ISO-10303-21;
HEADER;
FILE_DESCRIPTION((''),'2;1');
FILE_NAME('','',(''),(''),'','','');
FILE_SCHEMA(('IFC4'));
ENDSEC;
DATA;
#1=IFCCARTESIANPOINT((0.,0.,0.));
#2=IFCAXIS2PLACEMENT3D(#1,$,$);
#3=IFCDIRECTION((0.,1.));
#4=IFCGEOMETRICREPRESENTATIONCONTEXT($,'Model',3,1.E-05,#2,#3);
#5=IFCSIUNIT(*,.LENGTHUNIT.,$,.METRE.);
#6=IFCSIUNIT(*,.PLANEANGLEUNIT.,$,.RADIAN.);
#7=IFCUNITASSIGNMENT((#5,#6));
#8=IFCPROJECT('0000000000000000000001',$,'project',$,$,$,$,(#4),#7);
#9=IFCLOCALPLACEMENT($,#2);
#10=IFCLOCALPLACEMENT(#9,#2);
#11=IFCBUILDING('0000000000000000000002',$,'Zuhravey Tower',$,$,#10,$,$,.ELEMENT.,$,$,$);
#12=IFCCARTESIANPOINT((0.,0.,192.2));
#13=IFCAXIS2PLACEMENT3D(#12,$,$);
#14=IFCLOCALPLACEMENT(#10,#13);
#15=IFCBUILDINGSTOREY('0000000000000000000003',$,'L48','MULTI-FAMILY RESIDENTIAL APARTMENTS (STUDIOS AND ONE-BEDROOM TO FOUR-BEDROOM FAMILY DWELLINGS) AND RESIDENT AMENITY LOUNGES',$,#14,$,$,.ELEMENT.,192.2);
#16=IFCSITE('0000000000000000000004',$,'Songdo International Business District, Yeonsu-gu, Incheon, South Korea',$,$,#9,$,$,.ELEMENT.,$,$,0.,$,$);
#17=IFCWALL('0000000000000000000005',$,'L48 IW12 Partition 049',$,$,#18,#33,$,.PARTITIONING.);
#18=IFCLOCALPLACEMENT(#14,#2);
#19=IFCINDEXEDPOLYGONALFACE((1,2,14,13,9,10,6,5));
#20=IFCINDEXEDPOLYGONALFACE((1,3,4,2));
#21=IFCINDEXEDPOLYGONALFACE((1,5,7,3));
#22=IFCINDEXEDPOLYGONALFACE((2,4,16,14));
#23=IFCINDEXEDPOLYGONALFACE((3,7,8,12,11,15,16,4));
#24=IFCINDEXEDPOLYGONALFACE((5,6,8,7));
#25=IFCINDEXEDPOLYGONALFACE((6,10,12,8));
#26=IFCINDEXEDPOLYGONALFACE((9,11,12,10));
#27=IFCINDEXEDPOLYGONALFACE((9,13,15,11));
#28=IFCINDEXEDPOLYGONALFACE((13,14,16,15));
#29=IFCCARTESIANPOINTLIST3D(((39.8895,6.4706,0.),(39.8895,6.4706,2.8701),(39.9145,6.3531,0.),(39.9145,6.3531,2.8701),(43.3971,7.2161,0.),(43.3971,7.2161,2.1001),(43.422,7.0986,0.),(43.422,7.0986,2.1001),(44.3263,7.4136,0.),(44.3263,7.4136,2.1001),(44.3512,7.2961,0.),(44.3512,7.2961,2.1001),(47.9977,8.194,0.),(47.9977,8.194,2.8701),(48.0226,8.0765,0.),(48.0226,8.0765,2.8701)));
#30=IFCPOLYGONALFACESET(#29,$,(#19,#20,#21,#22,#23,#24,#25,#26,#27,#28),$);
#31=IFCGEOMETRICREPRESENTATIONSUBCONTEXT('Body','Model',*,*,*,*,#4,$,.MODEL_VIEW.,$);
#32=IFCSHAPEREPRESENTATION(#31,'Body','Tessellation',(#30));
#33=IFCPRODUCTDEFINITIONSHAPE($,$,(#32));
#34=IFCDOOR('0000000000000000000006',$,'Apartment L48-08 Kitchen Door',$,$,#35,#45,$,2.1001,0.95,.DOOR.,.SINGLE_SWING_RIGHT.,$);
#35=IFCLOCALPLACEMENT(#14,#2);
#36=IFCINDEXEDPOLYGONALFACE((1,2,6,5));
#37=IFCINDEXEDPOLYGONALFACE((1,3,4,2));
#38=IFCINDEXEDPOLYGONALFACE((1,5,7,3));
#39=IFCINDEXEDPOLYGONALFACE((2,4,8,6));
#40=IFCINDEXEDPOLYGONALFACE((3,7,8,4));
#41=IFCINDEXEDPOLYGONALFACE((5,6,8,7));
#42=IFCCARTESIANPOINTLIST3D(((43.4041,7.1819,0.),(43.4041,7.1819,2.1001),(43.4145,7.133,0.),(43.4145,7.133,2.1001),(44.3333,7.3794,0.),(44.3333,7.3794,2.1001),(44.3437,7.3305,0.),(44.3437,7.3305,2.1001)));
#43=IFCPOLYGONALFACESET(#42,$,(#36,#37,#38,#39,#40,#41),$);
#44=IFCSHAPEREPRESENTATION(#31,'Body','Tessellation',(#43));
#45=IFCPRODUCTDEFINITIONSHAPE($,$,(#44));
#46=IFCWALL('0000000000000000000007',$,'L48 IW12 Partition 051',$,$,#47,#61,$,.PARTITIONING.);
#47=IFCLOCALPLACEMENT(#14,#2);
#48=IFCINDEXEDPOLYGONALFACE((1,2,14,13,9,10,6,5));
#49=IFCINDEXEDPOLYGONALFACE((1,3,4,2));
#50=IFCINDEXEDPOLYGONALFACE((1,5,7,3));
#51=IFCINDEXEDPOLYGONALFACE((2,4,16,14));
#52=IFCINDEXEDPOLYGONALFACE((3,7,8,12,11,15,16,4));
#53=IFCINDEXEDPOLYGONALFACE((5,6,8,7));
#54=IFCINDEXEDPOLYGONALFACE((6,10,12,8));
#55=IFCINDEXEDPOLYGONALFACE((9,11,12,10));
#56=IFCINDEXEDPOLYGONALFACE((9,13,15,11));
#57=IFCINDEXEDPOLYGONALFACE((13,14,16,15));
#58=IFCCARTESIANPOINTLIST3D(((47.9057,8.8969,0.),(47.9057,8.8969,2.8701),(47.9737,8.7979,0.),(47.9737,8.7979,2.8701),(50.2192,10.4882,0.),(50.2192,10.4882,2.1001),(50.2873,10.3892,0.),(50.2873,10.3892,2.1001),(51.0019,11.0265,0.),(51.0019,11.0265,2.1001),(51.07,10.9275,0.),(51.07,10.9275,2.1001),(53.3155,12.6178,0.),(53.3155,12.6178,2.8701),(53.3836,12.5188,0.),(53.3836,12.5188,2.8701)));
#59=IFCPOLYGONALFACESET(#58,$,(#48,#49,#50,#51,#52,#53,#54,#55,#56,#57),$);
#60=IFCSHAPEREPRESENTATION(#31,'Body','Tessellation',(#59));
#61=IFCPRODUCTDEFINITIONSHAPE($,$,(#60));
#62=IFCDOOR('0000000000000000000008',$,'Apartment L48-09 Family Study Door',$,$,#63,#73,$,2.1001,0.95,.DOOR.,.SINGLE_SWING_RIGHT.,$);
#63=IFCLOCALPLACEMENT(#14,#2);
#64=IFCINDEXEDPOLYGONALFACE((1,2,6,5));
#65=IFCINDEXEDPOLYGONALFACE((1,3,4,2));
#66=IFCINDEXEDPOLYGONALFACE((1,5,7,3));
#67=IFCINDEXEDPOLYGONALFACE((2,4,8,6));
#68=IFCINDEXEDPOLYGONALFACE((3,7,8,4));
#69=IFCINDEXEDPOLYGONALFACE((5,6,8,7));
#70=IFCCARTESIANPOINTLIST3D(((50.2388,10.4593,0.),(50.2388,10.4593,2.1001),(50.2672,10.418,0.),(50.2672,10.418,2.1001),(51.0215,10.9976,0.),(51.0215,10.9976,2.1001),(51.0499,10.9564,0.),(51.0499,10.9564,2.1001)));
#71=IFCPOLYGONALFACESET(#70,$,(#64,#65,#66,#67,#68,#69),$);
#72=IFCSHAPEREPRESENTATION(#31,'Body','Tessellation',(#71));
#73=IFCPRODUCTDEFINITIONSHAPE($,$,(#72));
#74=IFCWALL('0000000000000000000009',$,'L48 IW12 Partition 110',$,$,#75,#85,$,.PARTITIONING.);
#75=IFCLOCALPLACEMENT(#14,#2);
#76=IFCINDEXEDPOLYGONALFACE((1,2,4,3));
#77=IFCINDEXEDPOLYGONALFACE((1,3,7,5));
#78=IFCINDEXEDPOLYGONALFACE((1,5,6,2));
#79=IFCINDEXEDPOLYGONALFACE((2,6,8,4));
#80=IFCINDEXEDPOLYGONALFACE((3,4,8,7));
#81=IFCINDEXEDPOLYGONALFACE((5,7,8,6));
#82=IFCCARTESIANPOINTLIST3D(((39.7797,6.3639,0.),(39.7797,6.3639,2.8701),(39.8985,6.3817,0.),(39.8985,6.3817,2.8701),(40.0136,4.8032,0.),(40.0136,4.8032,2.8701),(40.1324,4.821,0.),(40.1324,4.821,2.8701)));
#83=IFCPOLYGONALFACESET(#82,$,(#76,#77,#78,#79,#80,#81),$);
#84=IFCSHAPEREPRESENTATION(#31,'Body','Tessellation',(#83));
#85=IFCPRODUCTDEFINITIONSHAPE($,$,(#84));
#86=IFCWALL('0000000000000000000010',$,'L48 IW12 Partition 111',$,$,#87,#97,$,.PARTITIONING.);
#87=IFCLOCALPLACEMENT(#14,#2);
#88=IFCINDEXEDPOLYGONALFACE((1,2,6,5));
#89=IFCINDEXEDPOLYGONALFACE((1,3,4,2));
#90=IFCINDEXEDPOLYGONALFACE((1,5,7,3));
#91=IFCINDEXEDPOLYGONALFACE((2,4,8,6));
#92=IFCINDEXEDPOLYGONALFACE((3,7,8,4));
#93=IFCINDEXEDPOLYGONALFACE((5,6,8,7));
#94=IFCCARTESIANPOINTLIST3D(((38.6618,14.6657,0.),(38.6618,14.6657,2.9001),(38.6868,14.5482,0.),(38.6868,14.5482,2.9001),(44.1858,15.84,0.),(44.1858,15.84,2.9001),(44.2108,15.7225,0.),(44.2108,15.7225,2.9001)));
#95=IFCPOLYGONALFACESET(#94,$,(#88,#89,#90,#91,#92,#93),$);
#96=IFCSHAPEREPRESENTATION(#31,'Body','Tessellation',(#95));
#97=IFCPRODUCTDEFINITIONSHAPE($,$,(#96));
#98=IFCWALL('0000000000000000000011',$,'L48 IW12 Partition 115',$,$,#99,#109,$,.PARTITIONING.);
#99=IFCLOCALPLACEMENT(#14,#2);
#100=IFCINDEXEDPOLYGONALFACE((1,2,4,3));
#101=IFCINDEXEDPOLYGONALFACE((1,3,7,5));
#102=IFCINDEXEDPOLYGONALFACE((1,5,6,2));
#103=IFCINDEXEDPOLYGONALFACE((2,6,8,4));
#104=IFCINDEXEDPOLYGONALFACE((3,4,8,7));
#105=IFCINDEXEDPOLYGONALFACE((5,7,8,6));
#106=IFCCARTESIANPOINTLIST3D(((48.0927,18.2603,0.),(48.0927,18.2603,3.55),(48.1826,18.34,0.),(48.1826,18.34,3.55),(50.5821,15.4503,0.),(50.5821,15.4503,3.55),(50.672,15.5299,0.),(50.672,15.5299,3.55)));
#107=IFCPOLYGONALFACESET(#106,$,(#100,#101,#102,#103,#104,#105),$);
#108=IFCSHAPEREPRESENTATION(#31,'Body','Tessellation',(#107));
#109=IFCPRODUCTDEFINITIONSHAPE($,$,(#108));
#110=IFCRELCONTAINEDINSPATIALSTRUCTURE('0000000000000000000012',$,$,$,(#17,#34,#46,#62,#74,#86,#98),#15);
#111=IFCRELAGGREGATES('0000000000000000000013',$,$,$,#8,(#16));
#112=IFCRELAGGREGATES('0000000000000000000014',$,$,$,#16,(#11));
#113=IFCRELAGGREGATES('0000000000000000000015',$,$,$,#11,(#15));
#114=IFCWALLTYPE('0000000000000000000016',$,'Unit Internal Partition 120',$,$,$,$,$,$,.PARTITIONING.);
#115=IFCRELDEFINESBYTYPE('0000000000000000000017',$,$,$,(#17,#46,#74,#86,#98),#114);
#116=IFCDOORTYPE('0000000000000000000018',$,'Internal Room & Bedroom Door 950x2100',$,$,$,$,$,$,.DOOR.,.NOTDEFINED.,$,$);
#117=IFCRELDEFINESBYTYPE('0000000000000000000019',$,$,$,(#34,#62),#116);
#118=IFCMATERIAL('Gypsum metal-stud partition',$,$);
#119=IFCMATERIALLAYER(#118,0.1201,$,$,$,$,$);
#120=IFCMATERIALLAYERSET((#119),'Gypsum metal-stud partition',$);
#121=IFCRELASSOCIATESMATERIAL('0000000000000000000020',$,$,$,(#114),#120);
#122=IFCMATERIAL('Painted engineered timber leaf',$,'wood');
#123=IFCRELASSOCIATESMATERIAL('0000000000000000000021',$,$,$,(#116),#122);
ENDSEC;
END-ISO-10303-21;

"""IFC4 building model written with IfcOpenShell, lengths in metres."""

from ifc_helpers import new_model, si_unit, direction, frame, frame_2d, origin, place, context, subcontext, project, spatial, rectangle, extrude, material, layer, layer_set, type_object, element, fill, save


model = new_model("IFC4")

# Units and contexts
model_context = context("Model", 3, precision=1e-05, world=origin(), true_north=direction((0.0, 1.0)))
body_context = subcontext(model_context, "Body", "Model", "MODEL_VIEW")
ifc_project = project(units=[si_unit("LENGTHUNIT", "METRE"), si_unit("PLANEANGLEUNIT", "RADIAN")], contexts=[model_context])

# Site, building, storey
site_placement = place(None, origin())
site = spatial("IfcSite", under=ifc_project, at=site_placement, Name="Songdo International Business District, Yeonsu-gu, Incheon, South Korea", CompositionType="ELEMENT", RefElevation=0.0)
building_placement = place(site_placement, origin())
building = spatial("IfcBuilding", under=site, at=building_placement, Name="Zuhravey Tower", CompositionType="ELEMENT")
storey_placement = place(building_placement, frame((0.0, 0.0, 192.2)))
storey = spatial("IfcBuildingStorey", under=building, at=storey_placement, Name="L48", Description="MULTI-FAMILY RESIDENTIAL APARTMENTS (STUDIOS AND ONE-BEDROOM TO FOUR-BEDROOM FAMILY DWELLINGS) AND RESIDENT AMENITY LOUNGES", CompositionType="ELEMENT", Elevation=192.2)

# Walls, openings, doors
ifc_material_1 = material(Name="Gypsum metal-stud partition")
ifc_layer_1 = layer(ifc_material_1, 0.1201)
ifc_layer_set_1 = layer_set([ifc_layer_1], Name="Gypsum metal-stud partition")
wall_type_1 = type_object("IfcWallType", Name="Unit Internal Partition 120", PredefinedType="PARTITIONING", material=ifc_layer_set_1)
ifc_material_2 = material(Name="Painted engineered timber leaf", Category="wood")
door_type_1 = type_object("IfcDoorType", Name="Internal Room & Bedroom Door 950x2100", OperationType="NOTDEFINED", PredefinedType="DOOR", material=ifc_material_2)
wall_1_placement = place(storey_placement, frame((39.9021, 6.4119, 0.0), z_axis=(0.0, 0.0, 1.0), x_axis=(0.978149, 0.207906, 0.0)))
wall_1 = element("IfcWall", 1, at=wall_1_placement, inside=storey, type_object=wall_type_1, Name="L48 IW12 Partition 049", PredefinedType="PARTITIONING", context=body_context, shape_type="SweptSolid", body=[
    extrude(rectangle(XDim=8.2893, YDim=0.1201, at=frame_2d((4.1445, 0.0))), origin(), (0.0, 0.0, 1.0), 2.8701),
])
opening_1_placement = place(wall_1_placement, frame((3.5857, 0.0, 0.0)))
opening_1 = element("IfcOpeningElement", 2, at=opening_1_placement, cuts=wall_1, PredefinedType="OPENING", context=body_context, shape_type="SweptSolid", body=[
    extrude(rectangle(XDim=0.95, YDim=2.1001, at=frame_2d((0.4751, 1.05))), frame((0.0, 0.072, 0.0), z_axis=(0.0, -1.0, 0.0), x_axis=(1.0, 0.0, 0.0)), (0.0, 0.0, 1.0), 0.144),
])
door_1_placement = place(opening_1_placement, frame((0.95, 0.0, 0.0), z_axis=(0.0, 0.0, 1.0), x_axis=(-1.0, 0.0, 0.0)))
door_1 = element("IfcDoor", 3, at=door_1_placement, inside=storey, type_object=door_type_1, Name="Apartment L48-08 Kitchen Door", OperationType="SINGLE_SWING_RIGHT", OverallHeight=2.1001, OverallWidth=0.95, PredefinedType="DOOR", context=body_context, shape_type="SweptSolid", body=[
    extrude(rectangle(XDim=0.95, YDim=2.1001, at=frame_2d((0.4751, 1.05))), frame((0.0, 0.0249, 0.0), z_axis=(0.0, -1.0, 0.0), x_axis=(1.0, 0.0, 0.0)), (0.0, 0.0, 1.0), 0.05),
])
fill(opening_1, door_1)
wall_2_placement = place(storey_placement, frame((47.9397, 8.8474, 0.0), z_axis=(0.0, 0.0, 1.0), x_axis=(0.823926, 0.566698, 0.0)))
wall_2 = element("IfcWall", 4, at=wall_2_placement, inside=storey, type_object=wall_type_1, Name="L48 IW12 Partition 051", PredefinedType="PARTITIONING", context=body_context, shape_type="SweptSolid", body=[
    extrude(rectangle(XDim=6.5659, YDim=0.1201, at=frame_2d((3.283, 0.0))), origin(), (0.0, 0.0, 1.0), 2.8701),
])
opening_2_placement = place(wall_2_placement, frame((2.8079, 0.0, 0.0)))
opening_2 = element("IfcOpeningElement", 5, at=opening_2_placement, cuts=wall_2, PredefinedType="OPENING", context=body_context, shape_type="SweptSolid", body=[
    extrude(rectangle(XDim=0.95, YDim=2.1001, at=frame_2d((0.4751, 1.05))), frame((0.0, 0.072, 0.0), z_axis=(0.0, -1.0, 0.0), x_axis=(1.0, 0.0, 0.0)), (0.0, 0.0, 1.0), 0.144),
])
door_2_placement = place(opening_2_placement, frame((0.95, 0.0, 0.0), z_axis=(0.0, 0.0, 1.0), x_axis=(-1.0, 0.0, 0.0)))
door_2 = element("IfcDoor", 6, at=door_2_placement, inside=storey, type_object=door_type_1, Name="Apartment L48-09 Family Study Door", OperationType="SINGLE_SWING_RIGHT", OverallHeight=2.1001, OverallWidth=0.95, PredefinedType="DOOR", context=body_context, shape_type="SweptSolid", body=[
    extrude(rectangle(XDim=0.95, YDim=2.1001, at=frame_2d((0.4751, 1.05))), frame((0.0, 0.0249, 0.0), z_axis=(0.0, -1.0, 0.0), x_axis=(1.0, 0.0, 0.0)), (0.0, 0.0, 1.0), 0.05),
])
fill(opening_2, door_2)

# Walls
wall_3_placement = place(storey_placement, frame((39.8391, 6.3728, 0.0), z_axis=(0.0, 0.0, 1.0), x_axis=(0.148197, -0.988958, 0.0)))
element("IfcWall", 7, at=wall_3_placement, inside=storey, type_object=wall_type_1, Name="L48 IW12 Partition 110", PredefinedType="PARTITIONING", context=body_context, shape_type="SweptSolid", body=[
    extrude(rectangle(XDim=1.5781, YDim=0.1201, at=frame_2d((0.7891, 0.0))), origin(), (0.0, 0.0, 1.0), 2.8701),
])
wall_4_placement = place(storey_placement, frame((38.6743, 14.6069, 0.0), z_axis=(0.0, 0.0, 1.0), x_axis=(0.978141, 0.20794, 0.0)))
element("IfcWall", 8, at=wall_4_placement, inside=storey, type_object=wall_type_1, Name="L48 IW12 Partition 111", PredefinedType="PARTITIONING", context=body_context, shape_type="SweptSolid", body=[
    extrude(rectangle(XDim=5.6475, YDim=0.1201, at=frame_2d((2.8237, 0.0))), origin(), (0.0, 0.0, 1.0), 2.9001),
])
wall_5_placement = place(storey_placement, frame((48.1377, 18.3, 0.0), z_axis=(0.0, 0.0, 1.0), x_axis=(0.663124, -0.74851, 0.0)))
element("IfcWall", 9, at=wall_5_placement, inside=storey, type_object=wall_type_1, Name="L48 IW12 Partition 115", PredefinedType="PARTITIONING", context=body_context, shape_type="SweptSolid", body=[
    extrude(rectangle(XDim=3.7542, YDim=0.1201, at=frame_2d((1.877, 0.0))), origin(), (0.0, 0.0, 1.0), 3.55),
])

save(model, "model.ifc")
